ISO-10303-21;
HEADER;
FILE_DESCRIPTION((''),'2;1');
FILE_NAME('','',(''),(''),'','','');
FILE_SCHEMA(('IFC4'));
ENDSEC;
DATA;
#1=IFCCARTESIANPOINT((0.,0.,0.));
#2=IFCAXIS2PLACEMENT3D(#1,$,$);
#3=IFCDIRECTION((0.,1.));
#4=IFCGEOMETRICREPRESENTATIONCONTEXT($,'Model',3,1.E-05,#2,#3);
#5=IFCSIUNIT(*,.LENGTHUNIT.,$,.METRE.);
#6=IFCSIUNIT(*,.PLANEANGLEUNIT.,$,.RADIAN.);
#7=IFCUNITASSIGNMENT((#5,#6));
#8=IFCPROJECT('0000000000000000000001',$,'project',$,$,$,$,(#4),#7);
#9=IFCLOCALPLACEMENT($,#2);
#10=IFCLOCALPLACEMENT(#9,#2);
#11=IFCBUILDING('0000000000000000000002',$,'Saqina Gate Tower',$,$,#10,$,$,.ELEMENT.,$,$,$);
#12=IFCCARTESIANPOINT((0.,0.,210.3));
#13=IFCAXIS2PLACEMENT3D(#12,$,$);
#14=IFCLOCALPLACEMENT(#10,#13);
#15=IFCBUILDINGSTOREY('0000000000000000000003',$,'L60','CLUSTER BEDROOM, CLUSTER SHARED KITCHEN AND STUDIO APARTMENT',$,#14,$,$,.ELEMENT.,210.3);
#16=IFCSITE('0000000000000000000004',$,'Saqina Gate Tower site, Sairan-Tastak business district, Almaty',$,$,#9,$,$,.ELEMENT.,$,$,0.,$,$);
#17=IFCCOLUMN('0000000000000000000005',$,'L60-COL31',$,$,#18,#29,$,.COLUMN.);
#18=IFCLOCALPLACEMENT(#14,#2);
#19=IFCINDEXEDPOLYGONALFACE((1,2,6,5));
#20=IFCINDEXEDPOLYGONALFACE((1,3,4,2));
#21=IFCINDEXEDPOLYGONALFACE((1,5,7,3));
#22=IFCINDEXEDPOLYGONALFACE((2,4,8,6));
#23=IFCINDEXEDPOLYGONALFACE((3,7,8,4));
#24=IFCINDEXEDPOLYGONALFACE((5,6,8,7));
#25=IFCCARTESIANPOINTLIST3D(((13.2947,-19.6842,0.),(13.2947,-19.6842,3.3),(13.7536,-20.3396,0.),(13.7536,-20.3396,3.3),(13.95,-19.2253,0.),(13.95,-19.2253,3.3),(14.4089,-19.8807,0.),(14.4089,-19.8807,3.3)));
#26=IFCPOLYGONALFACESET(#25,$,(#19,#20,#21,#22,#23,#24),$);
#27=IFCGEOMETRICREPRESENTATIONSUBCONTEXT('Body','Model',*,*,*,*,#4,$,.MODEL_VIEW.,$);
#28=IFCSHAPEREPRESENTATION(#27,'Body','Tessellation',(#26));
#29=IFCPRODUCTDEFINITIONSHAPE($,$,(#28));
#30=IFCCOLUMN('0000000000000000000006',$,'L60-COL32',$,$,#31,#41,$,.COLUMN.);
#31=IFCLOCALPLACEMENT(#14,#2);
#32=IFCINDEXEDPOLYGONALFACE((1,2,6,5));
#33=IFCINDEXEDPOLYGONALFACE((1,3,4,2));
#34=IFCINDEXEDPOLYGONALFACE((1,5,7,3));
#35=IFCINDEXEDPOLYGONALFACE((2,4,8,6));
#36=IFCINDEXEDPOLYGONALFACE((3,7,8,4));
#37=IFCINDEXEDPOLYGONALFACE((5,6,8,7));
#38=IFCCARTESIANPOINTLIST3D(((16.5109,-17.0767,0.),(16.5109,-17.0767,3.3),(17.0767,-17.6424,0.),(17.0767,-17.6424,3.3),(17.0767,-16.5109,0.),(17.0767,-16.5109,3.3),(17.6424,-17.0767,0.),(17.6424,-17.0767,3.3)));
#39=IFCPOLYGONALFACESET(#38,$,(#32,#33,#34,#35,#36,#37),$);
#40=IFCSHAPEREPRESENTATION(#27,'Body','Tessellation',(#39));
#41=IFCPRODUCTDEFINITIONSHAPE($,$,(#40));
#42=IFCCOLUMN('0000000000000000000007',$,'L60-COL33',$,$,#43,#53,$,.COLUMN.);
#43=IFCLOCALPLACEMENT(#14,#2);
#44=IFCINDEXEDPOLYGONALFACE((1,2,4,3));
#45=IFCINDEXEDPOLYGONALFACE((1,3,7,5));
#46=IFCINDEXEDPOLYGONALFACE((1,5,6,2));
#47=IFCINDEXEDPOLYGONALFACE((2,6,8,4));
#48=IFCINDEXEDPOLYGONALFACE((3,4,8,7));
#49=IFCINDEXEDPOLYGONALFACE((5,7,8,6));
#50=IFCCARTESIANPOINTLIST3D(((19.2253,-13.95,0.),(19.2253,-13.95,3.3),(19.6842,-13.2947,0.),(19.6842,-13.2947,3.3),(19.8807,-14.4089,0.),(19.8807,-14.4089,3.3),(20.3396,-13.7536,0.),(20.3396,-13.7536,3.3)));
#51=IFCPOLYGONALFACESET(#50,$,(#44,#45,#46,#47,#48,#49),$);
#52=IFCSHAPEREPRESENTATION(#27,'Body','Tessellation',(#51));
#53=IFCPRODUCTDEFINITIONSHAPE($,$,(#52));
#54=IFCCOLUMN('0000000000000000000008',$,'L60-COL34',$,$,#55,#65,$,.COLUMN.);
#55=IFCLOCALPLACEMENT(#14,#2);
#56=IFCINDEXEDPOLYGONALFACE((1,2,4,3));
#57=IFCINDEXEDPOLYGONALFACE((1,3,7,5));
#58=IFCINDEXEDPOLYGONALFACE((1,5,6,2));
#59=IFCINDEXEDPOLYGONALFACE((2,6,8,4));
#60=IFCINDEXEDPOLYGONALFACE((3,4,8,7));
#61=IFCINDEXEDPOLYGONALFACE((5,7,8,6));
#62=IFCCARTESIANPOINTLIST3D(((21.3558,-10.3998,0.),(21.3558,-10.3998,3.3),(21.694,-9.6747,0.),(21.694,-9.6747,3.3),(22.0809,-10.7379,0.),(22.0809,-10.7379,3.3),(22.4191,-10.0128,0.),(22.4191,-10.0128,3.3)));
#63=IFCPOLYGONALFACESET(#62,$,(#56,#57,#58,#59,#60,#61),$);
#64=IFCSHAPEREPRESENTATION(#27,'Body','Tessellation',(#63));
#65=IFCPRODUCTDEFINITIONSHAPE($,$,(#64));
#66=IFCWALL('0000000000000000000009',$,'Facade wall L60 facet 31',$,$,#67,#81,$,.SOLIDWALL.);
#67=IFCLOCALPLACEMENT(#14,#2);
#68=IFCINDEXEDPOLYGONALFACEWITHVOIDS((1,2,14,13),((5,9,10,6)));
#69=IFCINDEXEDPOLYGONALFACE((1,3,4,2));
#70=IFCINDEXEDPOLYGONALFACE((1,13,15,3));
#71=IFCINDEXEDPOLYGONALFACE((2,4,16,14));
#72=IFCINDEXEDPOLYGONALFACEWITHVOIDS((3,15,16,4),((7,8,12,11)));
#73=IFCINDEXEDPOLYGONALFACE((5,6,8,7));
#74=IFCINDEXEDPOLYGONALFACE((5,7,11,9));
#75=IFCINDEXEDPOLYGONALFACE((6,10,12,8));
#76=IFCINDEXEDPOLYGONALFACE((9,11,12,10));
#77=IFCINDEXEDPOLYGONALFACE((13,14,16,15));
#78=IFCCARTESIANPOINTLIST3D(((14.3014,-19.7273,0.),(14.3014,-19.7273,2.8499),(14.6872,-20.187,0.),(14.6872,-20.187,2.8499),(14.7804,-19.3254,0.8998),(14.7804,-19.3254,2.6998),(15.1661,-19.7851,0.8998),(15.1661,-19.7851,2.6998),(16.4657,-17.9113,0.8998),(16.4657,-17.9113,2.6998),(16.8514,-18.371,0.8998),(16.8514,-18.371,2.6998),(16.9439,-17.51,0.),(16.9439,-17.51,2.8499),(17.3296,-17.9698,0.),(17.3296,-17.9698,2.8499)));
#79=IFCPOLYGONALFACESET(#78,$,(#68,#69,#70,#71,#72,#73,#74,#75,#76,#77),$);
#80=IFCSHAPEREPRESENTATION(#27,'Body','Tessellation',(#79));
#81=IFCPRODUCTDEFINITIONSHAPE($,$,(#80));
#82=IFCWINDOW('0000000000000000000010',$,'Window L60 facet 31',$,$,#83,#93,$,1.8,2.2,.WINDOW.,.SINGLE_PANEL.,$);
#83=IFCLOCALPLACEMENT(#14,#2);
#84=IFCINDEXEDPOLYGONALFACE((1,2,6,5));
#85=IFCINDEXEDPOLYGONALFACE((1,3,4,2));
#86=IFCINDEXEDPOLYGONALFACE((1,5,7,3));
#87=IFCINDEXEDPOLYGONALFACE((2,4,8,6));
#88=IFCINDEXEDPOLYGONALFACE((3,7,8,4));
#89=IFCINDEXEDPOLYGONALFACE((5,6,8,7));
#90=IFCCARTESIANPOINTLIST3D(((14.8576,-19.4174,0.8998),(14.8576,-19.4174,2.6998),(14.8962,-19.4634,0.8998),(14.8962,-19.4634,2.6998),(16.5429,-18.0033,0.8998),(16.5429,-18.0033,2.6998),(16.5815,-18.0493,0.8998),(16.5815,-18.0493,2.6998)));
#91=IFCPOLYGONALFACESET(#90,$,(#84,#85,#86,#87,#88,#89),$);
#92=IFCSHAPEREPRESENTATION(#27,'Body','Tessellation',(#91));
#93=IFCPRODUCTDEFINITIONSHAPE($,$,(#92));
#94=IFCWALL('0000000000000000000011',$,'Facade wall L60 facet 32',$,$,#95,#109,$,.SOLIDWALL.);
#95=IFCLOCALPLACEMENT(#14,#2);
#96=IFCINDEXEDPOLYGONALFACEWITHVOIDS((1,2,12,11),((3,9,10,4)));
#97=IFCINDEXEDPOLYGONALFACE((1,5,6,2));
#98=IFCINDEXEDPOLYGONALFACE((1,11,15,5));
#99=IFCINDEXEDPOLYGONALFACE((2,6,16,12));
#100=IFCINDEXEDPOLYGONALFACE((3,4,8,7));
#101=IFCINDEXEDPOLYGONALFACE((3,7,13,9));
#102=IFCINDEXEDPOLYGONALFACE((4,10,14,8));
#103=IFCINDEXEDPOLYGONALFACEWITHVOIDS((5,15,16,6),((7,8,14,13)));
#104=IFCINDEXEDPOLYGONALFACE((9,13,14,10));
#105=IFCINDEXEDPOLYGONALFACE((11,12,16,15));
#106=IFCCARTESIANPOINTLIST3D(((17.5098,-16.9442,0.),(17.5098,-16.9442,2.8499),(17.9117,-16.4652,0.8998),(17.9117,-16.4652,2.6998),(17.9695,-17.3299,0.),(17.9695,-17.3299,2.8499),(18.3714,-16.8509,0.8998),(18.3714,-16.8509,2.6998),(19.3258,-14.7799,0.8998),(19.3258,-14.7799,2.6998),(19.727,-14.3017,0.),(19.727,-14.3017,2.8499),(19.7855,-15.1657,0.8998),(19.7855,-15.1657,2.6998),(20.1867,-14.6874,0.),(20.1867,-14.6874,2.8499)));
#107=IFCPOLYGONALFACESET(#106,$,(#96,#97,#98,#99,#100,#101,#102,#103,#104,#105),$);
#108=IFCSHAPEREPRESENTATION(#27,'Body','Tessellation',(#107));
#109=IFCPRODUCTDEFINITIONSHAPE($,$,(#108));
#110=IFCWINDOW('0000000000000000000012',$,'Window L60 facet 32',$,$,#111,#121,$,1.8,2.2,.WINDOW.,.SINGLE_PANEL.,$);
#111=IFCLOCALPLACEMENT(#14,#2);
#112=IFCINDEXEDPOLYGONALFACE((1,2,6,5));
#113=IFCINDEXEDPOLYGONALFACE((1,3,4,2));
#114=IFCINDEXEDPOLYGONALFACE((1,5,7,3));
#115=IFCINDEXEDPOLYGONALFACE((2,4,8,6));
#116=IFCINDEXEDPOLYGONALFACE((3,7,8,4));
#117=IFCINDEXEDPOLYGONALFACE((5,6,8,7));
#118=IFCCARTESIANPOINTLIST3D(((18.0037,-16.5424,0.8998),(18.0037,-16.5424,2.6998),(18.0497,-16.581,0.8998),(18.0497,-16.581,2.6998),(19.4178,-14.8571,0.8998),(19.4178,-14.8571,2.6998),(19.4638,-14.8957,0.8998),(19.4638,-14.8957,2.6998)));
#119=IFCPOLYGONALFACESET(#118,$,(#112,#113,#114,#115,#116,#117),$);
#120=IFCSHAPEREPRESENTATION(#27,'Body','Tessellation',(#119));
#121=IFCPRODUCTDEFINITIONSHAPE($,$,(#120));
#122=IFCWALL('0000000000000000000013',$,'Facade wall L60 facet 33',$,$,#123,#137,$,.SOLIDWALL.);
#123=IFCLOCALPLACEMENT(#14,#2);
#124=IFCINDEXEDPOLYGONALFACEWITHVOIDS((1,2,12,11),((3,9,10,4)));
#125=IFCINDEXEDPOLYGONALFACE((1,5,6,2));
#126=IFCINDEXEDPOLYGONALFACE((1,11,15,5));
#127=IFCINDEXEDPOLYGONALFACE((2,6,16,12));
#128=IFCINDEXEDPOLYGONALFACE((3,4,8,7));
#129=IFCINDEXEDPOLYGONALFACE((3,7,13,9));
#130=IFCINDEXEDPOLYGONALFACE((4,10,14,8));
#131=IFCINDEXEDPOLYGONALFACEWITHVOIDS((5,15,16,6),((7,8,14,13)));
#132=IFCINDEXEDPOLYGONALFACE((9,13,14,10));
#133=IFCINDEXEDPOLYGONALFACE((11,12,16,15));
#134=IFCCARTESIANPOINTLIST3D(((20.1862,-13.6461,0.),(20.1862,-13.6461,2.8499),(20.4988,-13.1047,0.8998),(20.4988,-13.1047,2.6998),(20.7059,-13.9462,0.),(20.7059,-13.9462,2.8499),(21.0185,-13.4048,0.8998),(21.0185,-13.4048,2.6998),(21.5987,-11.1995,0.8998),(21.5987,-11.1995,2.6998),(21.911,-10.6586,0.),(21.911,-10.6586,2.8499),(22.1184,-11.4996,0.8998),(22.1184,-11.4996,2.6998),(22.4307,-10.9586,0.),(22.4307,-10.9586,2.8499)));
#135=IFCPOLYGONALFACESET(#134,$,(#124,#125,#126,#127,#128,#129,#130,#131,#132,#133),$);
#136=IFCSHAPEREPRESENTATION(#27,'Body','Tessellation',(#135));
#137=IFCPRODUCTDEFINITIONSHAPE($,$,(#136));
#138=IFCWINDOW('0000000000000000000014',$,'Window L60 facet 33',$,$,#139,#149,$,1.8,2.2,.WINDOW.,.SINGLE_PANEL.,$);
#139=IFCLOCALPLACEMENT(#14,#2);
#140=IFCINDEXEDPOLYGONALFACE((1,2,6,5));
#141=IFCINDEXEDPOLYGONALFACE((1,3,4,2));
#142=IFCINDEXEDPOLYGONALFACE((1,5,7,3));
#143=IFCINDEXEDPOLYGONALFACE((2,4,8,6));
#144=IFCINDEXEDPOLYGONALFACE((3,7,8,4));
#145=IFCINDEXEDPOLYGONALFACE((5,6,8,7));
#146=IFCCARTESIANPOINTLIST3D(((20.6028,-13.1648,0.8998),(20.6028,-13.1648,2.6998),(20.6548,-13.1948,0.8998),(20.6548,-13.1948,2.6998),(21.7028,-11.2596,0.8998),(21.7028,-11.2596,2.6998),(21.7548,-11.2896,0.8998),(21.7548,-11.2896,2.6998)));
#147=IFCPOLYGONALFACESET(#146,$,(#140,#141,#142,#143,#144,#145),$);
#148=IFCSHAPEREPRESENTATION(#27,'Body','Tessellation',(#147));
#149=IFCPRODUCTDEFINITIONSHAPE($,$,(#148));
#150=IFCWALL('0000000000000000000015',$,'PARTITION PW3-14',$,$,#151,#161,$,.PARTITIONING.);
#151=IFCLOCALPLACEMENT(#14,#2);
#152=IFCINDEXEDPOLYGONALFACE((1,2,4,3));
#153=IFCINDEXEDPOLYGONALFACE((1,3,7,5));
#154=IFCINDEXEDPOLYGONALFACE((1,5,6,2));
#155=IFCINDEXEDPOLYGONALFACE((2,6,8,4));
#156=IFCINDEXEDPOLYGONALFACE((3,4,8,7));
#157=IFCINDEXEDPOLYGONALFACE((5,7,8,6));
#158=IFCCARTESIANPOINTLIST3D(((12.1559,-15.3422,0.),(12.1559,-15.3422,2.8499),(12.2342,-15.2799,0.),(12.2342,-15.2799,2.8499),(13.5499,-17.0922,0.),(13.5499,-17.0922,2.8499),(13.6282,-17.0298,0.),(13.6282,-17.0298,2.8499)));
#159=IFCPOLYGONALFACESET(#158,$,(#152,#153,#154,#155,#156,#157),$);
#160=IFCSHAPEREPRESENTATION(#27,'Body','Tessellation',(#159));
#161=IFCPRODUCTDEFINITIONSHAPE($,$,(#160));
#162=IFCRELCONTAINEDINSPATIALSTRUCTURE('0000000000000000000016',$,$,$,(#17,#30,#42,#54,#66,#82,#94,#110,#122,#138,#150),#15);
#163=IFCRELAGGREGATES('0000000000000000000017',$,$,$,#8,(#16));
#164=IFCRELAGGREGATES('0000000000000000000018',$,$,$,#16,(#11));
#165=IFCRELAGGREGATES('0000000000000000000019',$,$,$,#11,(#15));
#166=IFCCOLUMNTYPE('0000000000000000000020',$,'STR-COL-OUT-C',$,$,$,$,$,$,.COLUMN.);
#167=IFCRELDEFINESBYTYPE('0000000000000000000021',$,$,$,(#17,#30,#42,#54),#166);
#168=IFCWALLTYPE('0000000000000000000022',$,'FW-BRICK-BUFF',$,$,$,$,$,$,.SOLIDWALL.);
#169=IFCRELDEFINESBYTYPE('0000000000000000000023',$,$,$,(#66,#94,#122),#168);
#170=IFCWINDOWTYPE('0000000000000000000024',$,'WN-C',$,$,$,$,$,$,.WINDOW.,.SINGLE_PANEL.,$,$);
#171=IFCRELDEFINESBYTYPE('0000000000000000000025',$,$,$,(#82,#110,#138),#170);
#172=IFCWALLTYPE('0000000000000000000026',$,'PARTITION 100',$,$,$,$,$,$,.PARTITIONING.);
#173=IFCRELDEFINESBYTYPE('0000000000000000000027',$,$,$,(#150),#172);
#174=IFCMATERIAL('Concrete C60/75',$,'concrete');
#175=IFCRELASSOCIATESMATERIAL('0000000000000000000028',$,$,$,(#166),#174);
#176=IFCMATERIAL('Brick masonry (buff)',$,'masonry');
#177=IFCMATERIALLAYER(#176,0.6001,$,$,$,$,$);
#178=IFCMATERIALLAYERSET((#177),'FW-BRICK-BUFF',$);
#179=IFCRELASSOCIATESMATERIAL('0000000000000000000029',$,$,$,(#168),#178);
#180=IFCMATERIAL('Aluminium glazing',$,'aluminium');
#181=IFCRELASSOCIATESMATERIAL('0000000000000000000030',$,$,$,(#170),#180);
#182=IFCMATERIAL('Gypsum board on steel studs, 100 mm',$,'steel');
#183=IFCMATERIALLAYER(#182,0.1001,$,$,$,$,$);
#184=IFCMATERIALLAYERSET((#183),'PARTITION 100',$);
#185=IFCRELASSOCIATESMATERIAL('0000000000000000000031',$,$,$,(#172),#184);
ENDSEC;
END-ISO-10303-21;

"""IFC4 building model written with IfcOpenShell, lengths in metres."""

from ifc_helpers import new_model, si_unit, direction, frame, frame_2d, origin, origin_2d, place, context, subcontext, project, spatial, rectangle, extrude, material, layer, layer_set, material_profile, profile_set, type_object, element, fill, save


model = new_model("IFC4")

# Units and contexts
model_context = context("Model", 3, precision=1e-05, world=origin(), true_north=direction((0.0, 1.0)))
body_context = subcontext(model_context, "Body", "Model", "MODEL_VIEW")
ifc_project = project(units=[si_unit("LENGTHUNIT", "METRE"), si_unit("PLANEANGLEUNIT", "RADIAN")], contexts=[model_context])

# Site, building, storey
site_placement = place(None, origin())
site = spatial("IfcSite", under=ifc_project, at=site_placement, Name="Saqina Gate Tower site, Sairan-Tastak business district, Almaty", CompositionType="ELEMENT", RefElevation=0.0)
building_placement = place(site_placement, origin())
building = spatial("IfcBuilding", under=site, at=building_placement, Name="Saqina Gate Tower", CompositionType="ELEMENT")
storey_placement = place(building_placement, frame((0.0, 0.0, 210.3)))
storey = spatial("IfcBuildingStorey", under=building, at=storey_placement, Name="L60", Description="CLUSTER BEDROOM, CLUSTER SHARED KITCHEN AND STUDIO APARTMENT", CompositionType="ELEMENT", Elevation=210.3)

# Columns
ifc_material_1 = material(Name="Concrete C60/75", Category="concrete")
ifc_material_profile = material_profile(ifc_material_1, rectangle(XDim=0.8, YDim=0.8, at=origin_2d()), Name="RC 800x800")
ifc_profile_set = profile_set([ifc_material_profile], Name="Concrete C60/75")
column_type = type_object("IfcColumnType", Name="STR-COL-OUT-C", PredefinedType="COLUMN", material=ifc_profile_set)
for number, where, z_axis, x_axis, name in (
    (1, (13.8518, -19.7825, 0.0), (0.0, 0.0, 1.0), (0.573576, -0.819152, 0.0), "L60-COL31"),
    (2, (17.0767, -17.0767, 0.0), (0.0, 0.0, 1.0), (0.707107, -0.707107, 0.0), "L60-COL32"),
    (3, (19.7825, -13.8518, 0.0), (0.0, 0.0, 1.0), (0.819152, -0.573576, 0.0), "L60-COL33"),
    (4, (21.8875, -10.2063, 0.0), (0.0, 0.0, 1.0), (0.906308, -0.422618, 0.0), "L60-COL34"),
):
    element("IfcColumn", number, at=place(storey_placement, frame(where, z_axis=z_axis, x_axis=x_axis)), inside=storey, type_object=column_type, Name=name, PredefinedType="COLUMN", context=body_context, shape_type="SweptSolid", body=[
        extrude(rectangle(XDim=0.8, YDim=0.8, at=origin_2d()), origin(), (0.0, 0.0, 1.0), 3.3),
    ])

# Walls, openings, windows
ifc_material_2 = material(Name="Brick masonry (buff)", Category="masonry")
ifc_layer_1 = layer(ifc_material_2, 0.6001)
ifc_layer_set_1 = layer_set([ifc_layer_1], Name="FW-BRICK-BUFF")
wall_type_1 = type_object("IfcWallType", Name="FW-BRICK-BUFF", PredefinedType="SOLIDWALL", material=ifc_layer_set_1)
wall_1_placement = place(storey_placement, frame((14.4944, -19.957, 0.0), z_axis=(0.0, 0.0, 1.0), x_axis=(0.766059, 0.64277, 0.0)))
wall_1 = element("IfcWall", 5, at=wall_1_placement, inside=storey, type_object=wall_type_1, Name="Facade wall L60 facet 31", PredefinedType="SOLIDWALL", context=body_context, shape_type="SweptSolid", body=[
    extrude(rectangle(XDim=3.4495, YDim=0.6001, at=frame_2d((1.7246, 0.0))), origin(), (0.0, 0.0, 1.0), 2.8499),
])
opening_1_placement = place(wall_1_placement, frame((0.625, 0.0, 0.8999)))
opening_1 = element("IfcOpeningElement", 6, at=opening_1_placement, cuts=wall_1, PredefinedType="OPENING", context=body_context, shape_type="SweptSolid", body=[
    extrude(rectangle(XDim=2.2, YDim=1.8, at=frame_2d((1.1001, 0.8999))), frame((0.0, 0.312, 0.0), z_axis=(0.0, -1.0, 0.0), x_axis=(1.0, 0.0, 0.0)), (0.0, 0.0, 1.0), 0.624),
])
ifc_material_3 = material(Name="Aluminium glazing", Category="aluminium")
window_type = type_object("IfcWindowType", Name="WN-C", PartitioningType="SINGLE_PANEL", PredefinedType="WINDOW", material=ifc_material_3)
window_1_placement = place(opening_1_placement, origin())
window_1 = element("IfcWindow", 7, at=window_1_placement, inside=storey, type_object=window_type, Name="Window L60 facet 31", OverallHeight=1.8, OverallWidth=2.2, PartitioningType="SINGLE_PANEL", PredefinedType="WINDOW", context=body_context, shape_type="SweptSolid", body=[
    extrude(rectangle(XDim=2.2, YDim=1.8, at=frame_2d((1.1001, 0.8999))), frame((0.0, 0.1799, 0.0), z_axis=(0.0, -1.0, 0.0), x_axis=(1.0, 0.0, 0.0)), (0.0, 0.0, 1.0), 0.0601),
])
fill(opening_1, window_1)
wall_2_placement = place(storey_placement, frame((17.7397, -17.137, 0.0), z_axis=(0.0, 0.0, 1.0), x_axis=(0.64277, 0.766059, 0.0)))
wall_2 = element("IfcWall", 8, at=wall_2_placement, inside=storey, type_object=wall_type_1, Name="Facade wall L60 facet 32", PredefinedType="SOLIDWALL", context=body_context, shape_type="SweptSolid", body=[
    extrude(rectangle(XDim=3.4495, YDim=0.6001, at=frame_2d((1.7246, 0.0))), origin(), (0.0, 0.0, 1.0), 2.8499),
])
opening_2_placement = place(wall_2_placement, frame((0.625, 0.0, 0.8999)))
opening_2 = element("IfcOpeningElement", 9, at=opening_2_placement, cuts=wall_2, PredefinedType="OPENING", context=body_context, shape_type="SweptSolid", body=[
    extrude(rectangle(XDim=2.2, YDim=1.8, at=frame_2d((1.1001, 0.8999))), frame((0.0, 0.312, 0.0), z_axis=(0.0, -1.0, 0.0), x_axis=(1.0, 0.0, 0.0)), (0.0, 0.0, 1.0), 0.624),
])
window_2_placement = place(opening_2_placement, origin())
window_2 = element("IfcWindow", 10, at=window_2_placement, inside=storey, type_object=window_type, Name="Window L60 facet 32", OverallHeight=1.8, OverallWidth=2.2, PartitioningType="SINGLE_PANEL", PredefinedType="WINDOW", context=body_context, shape_type="SweptSolid", body=[
    extrude(rectangle(XDim=2.2, YDim=1.8, at=frame_2d((1.1001, 0.8999))), frame((0.0, 0.1799, 0.0), z_axis=(0.0, -1.0, 0.0), x_axis=(1.0, 0.0, 0.0)), (0.0, 0.0, 1.0), 0.0601),
])
fill(opening_2, window_2)
wall_3_placement = place(storey_placement, frame((20.446, -13.7961, 0.0), z_axis=(0.0, 0.0, 1.0), x_axis=(0.499998, 0.866026, 0.0)))
wall_3 = element("IfcWall", 11, at=wall_3_placement, inside=storey, type_object=wall_type_1, Name="Facade wall L60 facet 33", PredefinedType="SOLIDWALL", context=body_context, shape_type="SweptSolid", body=[
    extrude(rectangle(XDim=3.4497, YDim=0.6001, at=frame_2d((1.7249, 0.0))), origin(), (0.0, 0.0, 1.0), 2.8499),
])
opening_3_placement = place(wall_3_placement, frame((0.625, 0.0, 0.8999)))
opening_3 = element("IfcOpeningElement", 12, at=opening_3_placement, cuts=wall_3, PredefinedType="OPENING", context=body_context, shape_type="SweptSolid", body=[
    extrude(rectangle(XDim=2.2, YDim=1.8, at=frame_2d((1.1001, 0.8999))), frame((0.0, 0.312, 0.0), z_axis=(0.0, -1.0, 0.0), x_axis=(1.0, 0.0, 0.0)), (0.0, 0.0, 1.0), 0.624),
])
window_3_placement = place(opening_3_placement, origin())
window_3 = element("IfcWindow", 13, at=window_3_placement, inside=storey, type_object=window_type, Name="Window L60 facet 33", OverallHeight=1.8, OverallWidth=2.2, PartitioningType="SINGLE_PANEL", PredefinedType="WINDOW", context=body_context, shape_type="SweptSolid", body=[
    extrude(rectangle(XDim=2.2, YDim=1.8, at=frame_2d((1.1001, 0.8999))), frame((0.0, 0.1799, 0.0), z_axis=(0.0, -1.0, 0.0), x_axis=(1.0, 0.0, 0.0)), (0.0, 0.0, 1.0), 0.0601),
])
fill(opening_3, window_3)

# Wall
ifc_material_4 = material(Name="Gypsum board on steel studs, 100 mm", Category="steel")
ifc_layer_2 = layer(ifc_material_4, 0.1001)
ifc_layer_set_2 = layer_set([ifc_layer_2], Name="PARTITION 100")
wall_type_2 = type_object("IfcWallType", Name="PARTITION 100", PredefinedType="PARTITIONING", material=ifc_layer_set_2)
wall_4_placement = place(storey_placement, frame((12.1951, -15.311, 0.0), z_axis=(0.0, 0.0, 1.0), x_axis=(0.62307, -0.782166, 0.0)))
element("IfcWall", 14, at=wall_4_placement, inside=storey, type_object=wall_type_2, Name="PARTITION PW3-14", PredefinedType="PARTITIONING", context=body_context, shape_type="SweptSolid", body=[
    extrude(rectangle(XDim=2.2373, YDim=0.1001, at=frame_2d((1.1187, 0.0))), origin(), (0.0, 0.0, 1.0), 2.8499),
])

save(model, "model.ifc")
